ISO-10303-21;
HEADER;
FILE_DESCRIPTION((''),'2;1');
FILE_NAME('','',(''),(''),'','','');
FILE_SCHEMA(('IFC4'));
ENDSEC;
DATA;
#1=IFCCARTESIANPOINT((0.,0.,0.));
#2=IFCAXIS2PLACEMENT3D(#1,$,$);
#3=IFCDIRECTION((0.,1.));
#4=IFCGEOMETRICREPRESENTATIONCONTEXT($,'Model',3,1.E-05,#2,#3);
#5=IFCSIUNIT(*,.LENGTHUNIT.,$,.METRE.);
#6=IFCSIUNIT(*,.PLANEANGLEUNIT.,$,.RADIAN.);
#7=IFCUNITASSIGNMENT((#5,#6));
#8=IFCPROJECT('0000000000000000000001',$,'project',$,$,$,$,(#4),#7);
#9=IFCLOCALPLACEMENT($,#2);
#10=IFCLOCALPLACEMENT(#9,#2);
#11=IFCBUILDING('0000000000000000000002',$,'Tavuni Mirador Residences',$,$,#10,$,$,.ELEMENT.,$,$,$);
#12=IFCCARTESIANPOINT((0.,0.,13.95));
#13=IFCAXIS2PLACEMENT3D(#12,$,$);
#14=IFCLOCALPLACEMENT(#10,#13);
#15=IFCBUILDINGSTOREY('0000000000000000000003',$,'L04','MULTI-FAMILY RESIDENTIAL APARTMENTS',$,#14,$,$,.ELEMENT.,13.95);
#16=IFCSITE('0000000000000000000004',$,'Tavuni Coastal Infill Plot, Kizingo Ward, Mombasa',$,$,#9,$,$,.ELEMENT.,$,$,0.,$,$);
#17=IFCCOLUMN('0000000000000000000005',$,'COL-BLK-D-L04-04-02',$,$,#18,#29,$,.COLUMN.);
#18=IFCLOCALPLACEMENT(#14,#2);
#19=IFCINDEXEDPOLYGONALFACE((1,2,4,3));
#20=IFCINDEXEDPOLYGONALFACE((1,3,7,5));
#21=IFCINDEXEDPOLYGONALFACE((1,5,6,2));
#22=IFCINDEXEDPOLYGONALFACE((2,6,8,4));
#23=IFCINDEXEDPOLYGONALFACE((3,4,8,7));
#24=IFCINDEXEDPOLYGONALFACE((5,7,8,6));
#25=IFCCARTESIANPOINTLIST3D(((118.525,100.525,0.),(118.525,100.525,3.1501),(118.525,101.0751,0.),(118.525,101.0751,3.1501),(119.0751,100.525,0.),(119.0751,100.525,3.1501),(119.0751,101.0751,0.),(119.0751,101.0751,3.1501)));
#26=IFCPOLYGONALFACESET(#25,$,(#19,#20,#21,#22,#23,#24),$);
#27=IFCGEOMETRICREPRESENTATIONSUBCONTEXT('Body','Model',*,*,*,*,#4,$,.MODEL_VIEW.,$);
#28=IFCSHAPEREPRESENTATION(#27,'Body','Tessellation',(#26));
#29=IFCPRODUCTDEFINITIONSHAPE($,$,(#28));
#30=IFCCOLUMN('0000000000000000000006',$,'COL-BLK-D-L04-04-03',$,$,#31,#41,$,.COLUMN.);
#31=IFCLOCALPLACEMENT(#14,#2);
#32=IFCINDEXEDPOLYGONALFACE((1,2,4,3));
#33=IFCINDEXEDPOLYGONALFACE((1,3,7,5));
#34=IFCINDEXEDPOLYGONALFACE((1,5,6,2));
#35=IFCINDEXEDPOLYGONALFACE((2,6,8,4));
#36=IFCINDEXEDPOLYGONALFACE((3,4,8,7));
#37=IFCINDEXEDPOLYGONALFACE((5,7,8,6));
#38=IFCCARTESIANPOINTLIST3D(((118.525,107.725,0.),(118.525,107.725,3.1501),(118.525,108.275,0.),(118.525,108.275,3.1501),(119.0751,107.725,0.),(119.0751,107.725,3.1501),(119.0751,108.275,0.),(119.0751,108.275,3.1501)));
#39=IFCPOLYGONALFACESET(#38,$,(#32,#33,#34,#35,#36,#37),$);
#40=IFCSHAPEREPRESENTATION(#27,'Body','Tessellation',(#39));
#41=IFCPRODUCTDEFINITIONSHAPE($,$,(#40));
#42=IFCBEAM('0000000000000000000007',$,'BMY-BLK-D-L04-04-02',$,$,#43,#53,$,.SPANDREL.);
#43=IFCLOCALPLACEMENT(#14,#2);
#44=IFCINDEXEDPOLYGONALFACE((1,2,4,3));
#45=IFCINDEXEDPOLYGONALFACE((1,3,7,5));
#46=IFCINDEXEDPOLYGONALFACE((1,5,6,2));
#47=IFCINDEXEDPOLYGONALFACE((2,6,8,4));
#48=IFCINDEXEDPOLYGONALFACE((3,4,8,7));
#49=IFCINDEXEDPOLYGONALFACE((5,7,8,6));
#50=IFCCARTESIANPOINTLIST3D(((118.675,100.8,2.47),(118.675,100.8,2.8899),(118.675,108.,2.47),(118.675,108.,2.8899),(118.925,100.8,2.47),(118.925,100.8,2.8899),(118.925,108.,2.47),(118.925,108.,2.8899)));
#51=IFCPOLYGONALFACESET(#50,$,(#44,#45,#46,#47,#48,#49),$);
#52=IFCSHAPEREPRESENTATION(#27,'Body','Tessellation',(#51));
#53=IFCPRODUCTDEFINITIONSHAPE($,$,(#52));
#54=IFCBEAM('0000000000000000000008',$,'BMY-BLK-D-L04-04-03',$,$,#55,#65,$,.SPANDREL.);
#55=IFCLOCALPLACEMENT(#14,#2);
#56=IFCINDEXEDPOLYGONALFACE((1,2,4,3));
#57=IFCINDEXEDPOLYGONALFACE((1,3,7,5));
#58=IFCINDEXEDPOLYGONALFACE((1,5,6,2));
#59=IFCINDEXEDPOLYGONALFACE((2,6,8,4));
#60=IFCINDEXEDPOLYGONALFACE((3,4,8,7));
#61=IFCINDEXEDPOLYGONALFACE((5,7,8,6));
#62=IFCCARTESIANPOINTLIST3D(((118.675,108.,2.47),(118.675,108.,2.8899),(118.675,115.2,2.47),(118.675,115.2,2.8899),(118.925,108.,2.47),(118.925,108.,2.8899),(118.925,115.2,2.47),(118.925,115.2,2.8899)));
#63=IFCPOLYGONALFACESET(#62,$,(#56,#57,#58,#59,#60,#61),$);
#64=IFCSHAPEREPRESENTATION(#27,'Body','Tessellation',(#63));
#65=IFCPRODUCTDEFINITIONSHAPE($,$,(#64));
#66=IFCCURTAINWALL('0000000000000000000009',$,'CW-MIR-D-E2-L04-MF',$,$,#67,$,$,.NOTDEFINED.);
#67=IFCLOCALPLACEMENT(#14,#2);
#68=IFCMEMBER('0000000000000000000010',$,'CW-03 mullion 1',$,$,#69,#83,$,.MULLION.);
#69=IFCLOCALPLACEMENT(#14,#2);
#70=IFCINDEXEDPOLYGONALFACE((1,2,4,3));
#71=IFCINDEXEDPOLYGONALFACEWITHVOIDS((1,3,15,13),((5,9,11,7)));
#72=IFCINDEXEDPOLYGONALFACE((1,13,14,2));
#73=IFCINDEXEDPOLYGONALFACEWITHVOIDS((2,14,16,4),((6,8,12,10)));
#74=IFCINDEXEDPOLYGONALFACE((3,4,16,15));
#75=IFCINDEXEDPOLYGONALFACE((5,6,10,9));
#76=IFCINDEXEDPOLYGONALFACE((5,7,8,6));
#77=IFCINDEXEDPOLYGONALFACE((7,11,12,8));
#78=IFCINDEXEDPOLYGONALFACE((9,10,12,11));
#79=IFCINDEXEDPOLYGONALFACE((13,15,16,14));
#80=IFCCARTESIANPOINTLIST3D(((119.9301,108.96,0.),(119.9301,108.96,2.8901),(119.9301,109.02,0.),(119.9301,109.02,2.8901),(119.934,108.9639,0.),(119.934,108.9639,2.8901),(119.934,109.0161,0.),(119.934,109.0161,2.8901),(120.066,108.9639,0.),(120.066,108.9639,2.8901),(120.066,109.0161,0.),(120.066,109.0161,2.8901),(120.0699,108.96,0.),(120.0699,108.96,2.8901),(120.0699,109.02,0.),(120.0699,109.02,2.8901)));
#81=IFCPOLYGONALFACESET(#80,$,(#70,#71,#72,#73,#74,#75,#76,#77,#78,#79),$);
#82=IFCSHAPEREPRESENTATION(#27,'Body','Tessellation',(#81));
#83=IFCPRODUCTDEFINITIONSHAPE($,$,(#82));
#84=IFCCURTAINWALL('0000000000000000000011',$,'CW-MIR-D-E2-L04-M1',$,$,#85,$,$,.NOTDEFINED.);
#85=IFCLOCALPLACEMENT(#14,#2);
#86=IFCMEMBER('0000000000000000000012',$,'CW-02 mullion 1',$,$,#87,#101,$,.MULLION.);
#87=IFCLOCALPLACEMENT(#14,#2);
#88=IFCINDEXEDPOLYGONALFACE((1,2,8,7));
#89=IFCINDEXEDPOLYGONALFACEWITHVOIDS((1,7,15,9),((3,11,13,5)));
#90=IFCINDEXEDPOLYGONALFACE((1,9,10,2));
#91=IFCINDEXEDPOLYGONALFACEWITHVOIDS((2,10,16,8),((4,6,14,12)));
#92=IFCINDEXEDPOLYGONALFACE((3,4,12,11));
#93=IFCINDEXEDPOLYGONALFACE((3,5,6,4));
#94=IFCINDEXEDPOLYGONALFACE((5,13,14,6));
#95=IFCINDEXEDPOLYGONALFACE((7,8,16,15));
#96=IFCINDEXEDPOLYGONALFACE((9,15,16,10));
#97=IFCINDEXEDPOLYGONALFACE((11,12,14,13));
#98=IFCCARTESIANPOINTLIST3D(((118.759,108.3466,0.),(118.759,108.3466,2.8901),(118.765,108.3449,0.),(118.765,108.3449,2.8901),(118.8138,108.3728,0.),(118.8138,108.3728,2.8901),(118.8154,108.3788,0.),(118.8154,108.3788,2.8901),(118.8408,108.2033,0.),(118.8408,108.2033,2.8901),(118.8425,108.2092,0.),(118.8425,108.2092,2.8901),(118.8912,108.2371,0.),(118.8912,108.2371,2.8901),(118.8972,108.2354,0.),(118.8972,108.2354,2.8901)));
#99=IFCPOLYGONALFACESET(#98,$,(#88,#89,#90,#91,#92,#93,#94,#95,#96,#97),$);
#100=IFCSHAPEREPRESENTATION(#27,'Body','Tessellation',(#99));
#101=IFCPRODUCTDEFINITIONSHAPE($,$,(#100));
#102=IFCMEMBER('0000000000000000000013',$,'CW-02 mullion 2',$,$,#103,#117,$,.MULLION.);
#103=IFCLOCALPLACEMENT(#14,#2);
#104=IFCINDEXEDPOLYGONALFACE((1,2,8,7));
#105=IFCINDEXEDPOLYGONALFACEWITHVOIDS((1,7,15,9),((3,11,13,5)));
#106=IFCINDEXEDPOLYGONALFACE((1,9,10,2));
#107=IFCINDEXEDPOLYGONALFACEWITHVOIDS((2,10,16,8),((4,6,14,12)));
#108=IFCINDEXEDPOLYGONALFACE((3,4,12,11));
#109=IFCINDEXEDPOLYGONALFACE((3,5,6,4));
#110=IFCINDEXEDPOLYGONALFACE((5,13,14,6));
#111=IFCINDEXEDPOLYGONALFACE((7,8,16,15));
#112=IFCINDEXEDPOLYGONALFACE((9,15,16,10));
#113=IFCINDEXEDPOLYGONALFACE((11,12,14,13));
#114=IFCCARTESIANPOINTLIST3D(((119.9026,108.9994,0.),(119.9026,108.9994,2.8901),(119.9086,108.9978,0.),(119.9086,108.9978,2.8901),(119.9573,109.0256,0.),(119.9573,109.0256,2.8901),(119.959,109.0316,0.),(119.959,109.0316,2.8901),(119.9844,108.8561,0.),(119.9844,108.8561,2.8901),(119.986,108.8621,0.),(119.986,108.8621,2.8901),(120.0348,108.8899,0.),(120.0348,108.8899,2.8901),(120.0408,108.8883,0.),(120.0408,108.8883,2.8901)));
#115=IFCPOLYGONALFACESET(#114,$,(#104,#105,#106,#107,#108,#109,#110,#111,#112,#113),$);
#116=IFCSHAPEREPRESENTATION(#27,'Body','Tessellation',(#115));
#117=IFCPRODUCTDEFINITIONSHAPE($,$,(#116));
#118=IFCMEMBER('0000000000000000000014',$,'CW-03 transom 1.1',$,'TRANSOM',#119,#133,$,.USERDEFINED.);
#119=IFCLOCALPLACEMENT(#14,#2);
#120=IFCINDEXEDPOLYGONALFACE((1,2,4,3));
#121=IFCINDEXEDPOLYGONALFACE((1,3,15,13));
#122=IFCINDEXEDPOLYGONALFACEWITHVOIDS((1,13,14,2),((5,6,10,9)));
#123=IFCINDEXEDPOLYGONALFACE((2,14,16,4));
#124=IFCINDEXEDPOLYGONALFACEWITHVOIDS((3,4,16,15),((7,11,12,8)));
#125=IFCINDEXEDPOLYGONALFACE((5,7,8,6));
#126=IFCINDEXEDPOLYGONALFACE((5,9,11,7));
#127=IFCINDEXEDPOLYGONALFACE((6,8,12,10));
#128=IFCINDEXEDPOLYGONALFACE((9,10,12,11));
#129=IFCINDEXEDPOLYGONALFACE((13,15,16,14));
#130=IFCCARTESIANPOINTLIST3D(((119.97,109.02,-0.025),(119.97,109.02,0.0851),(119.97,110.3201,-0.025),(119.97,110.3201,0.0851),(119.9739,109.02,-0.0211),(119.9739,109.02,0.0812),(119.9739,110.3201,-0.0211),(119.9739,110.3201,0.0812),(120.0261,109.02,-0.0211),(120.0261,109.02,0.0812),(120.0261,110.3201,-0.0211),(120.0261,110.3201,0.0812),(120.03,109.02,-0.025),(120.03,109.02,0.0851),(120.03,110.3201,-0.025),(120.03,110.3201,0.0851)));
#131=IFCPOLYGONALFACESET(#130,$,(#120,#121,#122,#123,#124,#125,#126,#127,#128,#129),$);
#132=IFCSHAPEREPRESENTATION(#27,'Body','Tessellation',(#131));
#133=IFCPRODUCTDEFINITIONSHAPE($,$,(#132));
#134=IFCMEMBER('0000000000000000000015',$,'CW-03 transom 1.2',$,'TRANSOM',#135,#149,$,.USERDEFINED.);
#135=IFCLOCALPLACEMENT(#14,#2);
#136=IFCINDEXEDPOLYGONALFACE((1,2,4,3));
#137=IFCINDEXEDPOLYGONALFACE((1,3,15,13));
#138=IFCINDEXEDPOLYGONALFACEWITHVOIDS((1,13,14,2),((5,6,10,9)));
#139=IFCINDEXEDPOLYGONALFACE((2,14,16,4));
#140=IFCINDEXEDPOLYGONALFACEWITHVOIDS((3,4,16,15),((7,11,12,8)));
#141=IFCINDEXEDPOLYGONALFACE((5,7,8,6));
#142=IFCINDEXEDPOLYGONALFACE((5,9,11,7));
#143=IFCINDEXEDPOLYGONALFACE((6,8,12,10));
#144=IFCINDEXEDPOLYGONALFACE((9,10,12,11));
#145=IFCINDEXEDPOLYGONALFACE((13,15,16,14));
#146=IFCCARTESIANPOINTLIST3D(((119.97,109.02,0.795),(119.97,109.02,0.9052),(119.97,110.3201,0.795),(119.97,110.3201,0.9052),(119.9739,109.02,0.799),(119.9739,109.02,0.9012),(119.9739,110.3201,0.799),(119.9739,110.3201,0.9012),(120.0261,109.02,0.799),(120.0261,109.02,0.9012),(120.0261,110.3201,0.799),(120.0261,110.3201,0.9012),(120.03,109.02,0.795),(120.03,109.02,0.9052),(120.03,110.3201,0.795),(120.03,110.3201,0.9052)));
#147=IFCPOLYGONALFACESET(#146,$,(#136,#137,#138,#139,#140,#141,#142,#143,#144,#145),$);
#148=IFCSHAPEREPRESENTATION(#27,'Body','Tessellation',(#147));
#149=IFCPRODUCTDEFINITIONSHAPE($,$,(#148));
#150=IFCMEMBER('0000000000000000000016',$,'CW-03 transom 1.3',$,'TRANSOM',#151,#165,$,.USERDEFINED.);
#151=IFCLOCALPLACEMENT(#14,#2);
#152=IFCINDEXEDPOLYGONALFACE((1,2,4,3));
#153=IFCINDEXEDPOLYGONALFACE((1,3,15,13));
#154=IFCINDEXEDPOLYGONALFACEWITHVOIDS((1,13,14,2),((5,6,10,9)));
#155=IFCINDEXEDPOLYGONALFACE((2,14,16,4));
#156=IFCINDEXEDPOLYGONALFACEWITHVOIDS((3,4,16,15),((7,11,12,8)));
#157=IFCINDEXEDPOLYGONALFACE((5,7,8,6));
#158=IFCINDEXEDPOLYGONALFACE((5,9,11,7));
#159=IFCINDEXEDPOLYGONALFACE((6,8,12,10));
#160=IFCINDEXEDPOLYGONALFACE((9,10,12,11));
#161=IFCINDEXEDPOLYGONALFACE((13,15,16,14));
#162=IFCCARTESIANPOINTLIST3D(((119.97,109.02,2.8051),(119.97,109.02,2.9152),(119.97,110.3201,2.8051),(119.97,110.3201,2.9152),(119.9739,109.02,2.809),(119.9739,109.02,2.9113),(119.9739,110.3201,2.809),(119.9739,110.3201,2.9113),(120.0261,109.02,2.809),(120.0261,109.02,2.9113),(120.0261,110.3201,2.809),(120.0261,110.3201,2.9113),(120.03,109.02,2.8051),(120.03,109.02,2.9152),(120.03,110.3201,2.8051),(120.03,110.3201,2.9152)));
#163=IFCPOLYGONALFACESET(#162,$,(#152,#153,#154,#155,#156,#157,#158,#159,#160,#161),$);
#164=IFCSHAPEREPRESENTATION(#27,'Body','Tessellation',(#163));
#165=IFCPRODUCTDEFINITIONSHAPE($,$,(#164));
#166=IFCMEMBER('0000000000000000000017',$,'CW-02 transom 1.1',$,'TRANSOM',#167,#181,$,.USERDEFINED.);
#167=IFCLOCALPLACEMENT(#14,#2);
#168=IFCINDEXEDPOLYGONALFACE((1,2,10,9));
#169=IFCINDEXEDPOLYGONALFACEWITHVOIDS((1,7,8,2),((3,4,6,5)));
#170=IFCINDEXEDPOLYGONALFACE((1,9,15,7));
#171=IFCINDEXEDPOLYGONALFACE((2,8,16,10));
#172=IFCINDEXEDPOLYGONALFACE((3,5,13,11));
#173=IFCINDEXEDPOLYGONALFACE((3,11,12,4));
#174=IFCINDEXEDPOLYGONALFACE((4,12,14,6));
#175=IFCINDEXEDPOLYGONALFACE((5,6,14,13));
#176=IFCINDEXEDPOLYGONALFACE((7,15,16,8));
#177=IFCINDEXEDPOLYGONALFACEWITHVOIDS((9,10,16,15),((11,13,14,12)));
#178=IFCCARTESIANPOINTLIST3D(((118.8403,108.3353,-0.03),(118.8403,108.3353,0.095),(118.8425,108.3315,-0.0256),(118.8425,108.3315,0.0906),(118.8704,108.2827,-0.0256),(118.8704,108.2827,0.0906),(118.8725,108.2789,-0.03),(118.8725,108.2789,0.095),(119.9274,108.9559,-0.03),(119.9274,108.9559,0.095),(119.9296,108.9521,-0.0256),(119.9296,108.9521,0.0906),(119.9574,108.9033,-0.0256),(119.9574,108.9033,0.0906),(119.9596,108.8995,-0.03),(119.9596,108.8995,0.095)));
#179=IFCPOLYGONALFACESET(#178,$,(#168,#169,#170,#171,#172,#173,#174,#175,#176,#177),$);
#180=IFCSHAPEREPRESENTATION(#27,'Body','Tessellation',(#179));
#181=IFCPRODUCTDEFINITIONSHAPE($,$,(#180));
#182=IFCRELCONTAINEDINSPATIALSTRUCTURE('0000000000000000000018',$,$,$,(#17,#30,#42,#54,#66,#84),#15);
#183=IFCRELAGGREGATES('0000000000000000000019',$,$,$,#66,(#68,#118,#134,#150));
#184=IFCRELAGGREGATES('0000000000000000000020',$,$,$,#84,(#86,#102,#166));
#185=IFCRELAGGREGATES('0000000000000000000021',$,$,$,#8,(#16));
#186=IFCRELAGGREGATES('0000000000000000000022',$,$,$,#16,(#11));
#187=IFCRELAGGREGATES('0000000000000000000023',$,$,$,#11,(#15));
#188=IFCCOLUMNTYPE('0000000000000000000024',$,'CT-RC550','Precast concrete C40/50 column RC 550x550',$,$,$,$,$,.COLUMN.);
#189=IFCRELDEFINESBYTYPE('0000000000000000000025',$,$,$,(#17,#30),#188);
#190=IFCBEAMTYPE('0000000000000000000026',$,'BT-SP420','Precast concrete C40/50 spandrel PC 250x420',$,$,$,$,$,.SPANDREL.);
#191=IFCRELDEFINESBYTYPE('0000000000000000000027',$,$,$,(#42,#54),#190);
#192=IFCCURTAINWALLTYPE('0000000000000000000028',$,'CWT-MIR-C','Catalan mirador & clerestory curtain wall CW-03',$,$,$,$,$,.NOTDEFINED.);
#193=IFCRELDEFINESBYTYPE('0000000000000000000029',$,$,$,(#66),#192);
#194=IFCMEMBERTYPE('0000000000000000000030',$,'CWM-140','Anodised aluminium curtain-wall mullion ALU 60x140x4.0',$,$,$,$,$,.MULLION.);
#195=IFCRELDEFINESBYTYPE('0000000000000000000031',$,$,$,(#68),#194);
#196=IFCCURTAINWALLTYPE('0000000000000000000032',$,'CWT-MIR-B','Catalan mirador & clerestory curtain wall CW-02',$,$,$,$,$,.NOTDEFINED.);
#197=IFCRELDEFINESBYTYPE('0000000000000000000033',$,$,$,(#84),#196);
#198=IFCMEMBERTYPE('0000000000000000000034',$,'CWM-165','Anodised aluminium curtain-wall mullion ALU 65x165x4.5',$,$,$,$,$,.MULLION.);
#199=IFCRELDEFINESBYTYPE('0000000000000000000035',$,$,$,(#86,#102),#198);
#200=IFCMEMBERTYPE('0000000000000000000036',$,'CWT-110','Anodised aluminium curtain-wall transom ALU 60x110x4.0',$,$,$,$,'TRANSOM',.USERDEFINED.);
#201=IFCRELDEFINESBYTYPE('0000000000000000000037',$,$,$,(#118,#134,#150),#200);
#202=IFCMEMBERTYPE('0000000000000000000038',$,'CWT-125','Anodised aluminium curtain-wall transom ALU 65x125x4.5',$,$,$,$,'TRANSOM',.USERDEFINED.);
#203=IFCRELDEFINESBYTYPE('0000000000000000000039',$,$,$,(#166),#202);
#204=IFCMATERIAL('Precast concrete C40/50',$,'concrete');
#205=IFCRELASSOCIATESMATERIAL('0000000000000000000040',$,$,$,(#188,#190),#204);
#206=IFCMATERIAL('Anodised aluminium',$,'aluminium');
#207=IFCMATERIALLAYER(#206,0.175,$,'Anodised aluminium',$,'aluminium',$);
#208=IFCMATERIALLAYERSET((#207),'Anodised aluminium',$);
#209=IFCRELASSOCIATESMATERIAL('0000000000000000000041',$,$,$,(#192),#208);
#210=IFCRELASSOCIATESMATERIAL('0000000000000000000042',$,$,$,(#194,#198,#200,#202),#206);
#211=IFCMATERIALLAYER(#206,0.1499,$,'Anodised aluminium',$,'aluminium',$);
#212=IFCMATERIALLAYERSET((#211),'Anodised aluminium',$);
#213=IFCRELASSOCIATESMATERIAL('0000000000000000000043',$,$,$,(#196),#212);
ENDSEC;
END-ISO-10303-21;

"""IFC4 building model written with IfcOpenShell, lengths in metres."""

from ifc_helpers import new_model, si_unit, direction, frame, origin, origin_2d, place, context, subcontext, project, spatial, rectangle, hollow_rectangle, extrude, material, layer, layer_set, material_profile, profile_set, type_object, element, aggregate, save


model = new_model("IFC4")

# Units and contexts
model_context = context("Model", 3, precision=1e-05, world=origin(), true_north=direction((0.0, 1.0)))
body_context = subcontext(model_context, "Body", "Model", "MODEL_VIEW")
ifc_project = project(units=[si_unit("LENGTHUNIT", "METRE"), si_unit("PLANEANGLEUNIT", "RADIAN")], contexts=[model_context])

# Site, building, storey
site_placement = place(None, origin())
site = spatial("IfcSite", under=ifc_project, at=site_placement, Name="Tavuni Coastal Infill Plot, Kizingo Ward, Mombasa", CompositionType="ELEMENT", RefElevation=0.0)
building_placement = place(site_placement, origin())
building = spatial("IfcBuilding", under=site, at=building_placement, Name="Tavuni Mirador Residences", CompositionType="ELEMENT")
storey_placement = place(building_placement, frame((0.0, 0.0, 13.95)))
storey = spatial("IfcBuildingStorey", under=building, at=storey_placement, Name="L04", Description="MULTI-FAMILY RESIDENTIAL APARTMENTS", CompositionType="ELEMENT", Elevation=13.95)

# Columns
ifc_material_1 = material(Name="Precast concrete C40/50", Category="concrete")
ifc_material_profile_1 = material_profile(ifc_material_1, rectangle(XDim=0.55, YDim=0.55, at=origin_2d()), Name="RC 550x550", Category="concrete")
ifc_profile_set_1 = profile_set([ifc_material_profile_1], Name="Precast concrete C40/50")
column_type = type_object("IfcColumnType", Name="CT-RC550", Description="Precast concrete C40/50 column RC 550x550", PredefinedType="COLUMN", material=ifc_profile_set_1)
for number, where, z_axis, x_axis, name in (
    (1, (118.8, 100.8, 0.0), (0.0, 0.0, 1.0), (1.0, 0.0, 0.0), "COL-BLK-D-L04-04-02"),
    (2, (118.8, 108.0, 0.0), (0.0, 0.0, 1.0), (1.0, 0.0, 0.0), "COL-BLK-D-L04-04-03"),
):
    element("IfcColumn", number, at=place(storey_placement, frame(where, z_axis=z_axis, x_axis=x_axis)), inside=storey, type_object=column_type, Name=name, PredefinedType="COLUMN", context=body_context, shape_type="SweptSolid", body=[
        extrude(rectangle(XDim=0.55, YDim=0.55, at=origin_2d()), origin(), (0.0, 0.0, 1.0), 3.1501),
    ])

# Beams
ifc_material_profile_2 = material_profile(ifc_material_1, rectangle(XDim=0.25, YDim=0.4199, at=origin_2d()), Name="PC 250x420", Category="concrete")
ifc_profile_set_2 = profile_set([ifc_material_profile_2], Name="Precast concrete C40/50")
beam_type = type_object("IfcBeamType", Name="BT-SP420", Description="Precast concrete C40/50 spandrel PC 250x420", PredefinedType="SPANDREL", material=ifc_profile_set_2)
for number, where, z_axis, x_axis, name in (
    (3, (118.8, 100.8, 2.6799), (0.0, 1.0, 0.0), (-1.0, 0.0, 0.0), "BMY-BLK-D-L04-04-02"),
    (4, (118.8, 108.0, 2.6799), (0.0, 1.0, 0.0), (-1.0, 0.0, 0.0), "BMY-BLK-D-L04-04-03"),
):
    element("IfcBeam", number, at=place(storey_placement, frame(where, z_axis=z_axis, x_axis=x_axis)), inside=storey, type_object=beam_type, Name=name, PredefinedType="SPANDREL", context=body_context, shape_type="SweptSolid", body=[
        extrude(rectangle(XDim=0.25, YDim=0.4199, at=origin_2d()), origin(), (0.0, 0.0, 1.0), 7.2),
    ])

# Curtain wall, member
ifc_material_2 = material(Name="Anodised aluminium", Category="aluminium")
ifc_layer_1 = layer(ifc_material_2, 0.175, Name="Anodised aluminium", Category="aluminium")
ifc_layer_set_1 = layer_set([ifc_layer_1], Name="Anodised aluminium")
curtain_wall_type_1 = type_object("IfcCurtainWallType", Name="CWT-MIR-C", Description="Catalan mirador & clerestory curtain wall CW-03", PredefinedType="NOTDEFINED", material=ifc_layer_set_1)
curtain_wall_1_placement = place(storey_placement, origin())
curtain_wall_1 = element("IfcCurtainWall", 5, at=curtain_wall_1_placement, inside=storey, type_object=curtain_wall_type_1, Name="CW-MIR-D-E2-L04-MF", PredefinedType="NOTDEFINED")
ifc_material_profile_3 = material_profile(ifc_material_2, hollow_rectangle(XDim=0.0601, YDim=0.1399, WallThickness=0.0039, at=origin_2d()), Name="ALU 60x140x4.0", Category="aluminium")
ifc_profile_set_3 = profile_set([ifc_material_profile_3], Name="Anodised aluminium")
member_type_1 = type_object("IfcMemberType", Name="CWM-140", Description="Anodised aluminium curtain-wall mullion ALU 60x140x4.0", PredefinedType="MULLION", material=ifc_profile_set_3)
member_1_placement = place(storey_placement, frame((120.0, 108.99, 0.0), z_axis=(0.0, 0.0, 1.0), x_axis=(0.0, 1.0, 0.0)))
member_1 = element("IfcMember", 6, at=member_1_placement, type_object=member_type_1, Name="CW-03 mullion 1", PredefinedType="MULLION", context=body_context, shape_type="SweptSolid", body=[
    extrude(hollow_rectangle(XDim=0.0601, YDim=0.1399, WallThickness=0.0039, at=origin_2d()), origin(), (0.0, 0.0, 1.0), 2.8901),
])

# Curtain wall, members
ifc_layer_2 = layer(ifc_material_2, 0.1499, Name="Anodised aluminium", Category="aluminium")
ifc_layer_set_2 = layer_set([ifc_layer_2], Name="Anodised aluminium")
curtain_wall_type_2 = type_object("IfcCurtainWallType", Name="CWT-MIR-B", Description="Catalan mirador & clerestory curtain wall CW-02", PredefinedType="NOTDEFINED", material=ifc_layer_set_2)
curtain_wall_2_placement = place(storey_placement, origin())
curtain_wall_2 = element("IfcCurtainWall", 7, at=curtain_wall_2_placement, inside=storey, type_object=curtain_wall_type_2, Name="CW-MIR-D-E2-L04-M1", PredefinedType="NOTDEFINED")
ifc_material_profile_4 = material_profile(ifc_material_2, hollow_rectangle(XDim=0.0649, YDim=0.165, WallThickness=0.0044, at=origin_2d()), Name="ALU 65x165x4.5", Category="aluminium")
ifc_profile_set_4 = profile_set([ifc_material_profile_4], Name="Anodised aluminium")
member_type_2 = type_object("IfcMemberType", Name="CWM-165", Description="Anodised aluminium curtain-wall mullion ALU 65x165x4.5", PredefinedType="MULLION", material=ifc_profile_set_4)
member_2_placement = place(storey_placement, frame((118.8281, 108.291, 0.0), z_axis=(0.0, 0.0, 1.0), x_axis=(0.868466, 0.495749, 0.0)))
member_2 = element("IfcMember", 8, at=member_2_placement, type_object=member_type_2, Name="CW-02 mullion 1", PredefinedType="MULLION", context=body_context, shape_type="SweptSolid", body=[
    extrude(hollow_rectangle(XDim=0.0649, YDim=0.165, WallThickness=0.0044, at=origin_2d()), origin(), (0.0, 0.0, 1.0), 2.8901),
])
member_3_placement = place(storey_placement, frame((119.9717, 108.9438, 0.0), z_axis=(0.0, 0.0, 1.0), x_axis=(0.868466, 0.495749, 0.0)))
member_3 = element("IfcMember", 9, at=member_3_placement, type_object=member_type_2, Name="CW-02 mullion 2", PredefinedType="MULLION", context=body_context, shape_type="SweptSolid", body=[
    extrude(hollow_rectangle(XDim=0.0649, YDim=0.165, WallThickness=0.0044, at=origin_2d()), origin(), (0.0, 0.0, 1.0), 2.8901),
])

# Members
ifc_material_profile_5 = material_profile(ifc_material_2, hollow_rectangle(XDim=0.0601, YDim=0.1101, WallThickness=0.0039, at=origin_2d()), Name="ALU 60x110x4.0", Category="aluminium")
ifc_profile_set_5 = profile_set([ifc_material_profile_5], Name="Anodised aluminium")
member_type_3 = type_object("IfcMemberType", Name="CWT-110", Description="Anodised aluminium curtain-wall transom ALU 60x110x4.0", ElementType="TRANSOM", PredefinedType="USERDEFINED", material=ifc_profile_set_5)
member_4_placement = place(storey_placement, frame((120.0, 109.02, 0.03), z_axis=(0.0, 1.0, 0.0), x_axis=(-1.0, 0.0, 0.0)))
member_4 = element("IfcMember", 10, at=member_4_placement, type_object=member_type_3, Name="CW-03 transom 1.1", ObjectType="TRANSOM", PredefinedType="USERDEFINED", context=body_context, shape_type="SweptSolid", body=[
    extrude(hollow_rectangle(XDim=0.0601, YDim=0.1101, WallThickness=0.0039, at=origin_2d()), origin(), (0.0, 0.0, 1.0), 1.3),
])
member_5_placement = place(storey_placement, frame((120.0, 109.02, 0.8501), z_axis=(0.0, 1.0, 0.0), x_axis=(-1.0, 0.0, 0.0)))
member_5 = element("IfcMember", 11, at=member_5_placement, type_object=member_type_3, Name="CW-03 transom 1.2", ObjectType="TRANSOM", PredefinedType="USERDEFINED", context=body_context, shape_type="SweptSolid", body=[
    extrude(hollow_rectangle(XDim=0.0601, YDim=0.1101, WallThickness=0.0039, at=origin_2d()), origin(), (0.0, 0.0, 1.0), 1.3),
])
member_6_placement = place(storey_placement, frame((120.0, 109.02, 2.8601), z_axis=(0.0, 1.0, 0.0), x_axis=(-1.0, 0.0, 0.0)))
member_6 = element("IfcMember", 12, at=member_6_placement, type_object=member_type_3, Name="CW-03 transom 1.3", ObjectType="TRANSOM", PredefinedType="USERDEFINED", context=body_context, shape_type="SweptSolid", body=[
    extrude(hollow_rectangle(XDim=0.0601, YDim=0.1101, WallThickness=0.0039, at=origin_2d()), origin(), (0.0, 0.0, 1.0), 1.3),
])
ifc_material_profile_6 = material_profile(ifc_material_2, hollow_rectangle(XDim=0.0649, YDim=0.125, WallThickness=0.0044, at=origin_2d()), Name="ALU 65x125x4.5", Category="aluminium")
ifc_profile_set_6 = profile_set([ifc_material_profile_6], Name="Anodised aluminium")
member_type_4 = type_object("IfcMemberType", Name="CWT-125", Description="Anodised aluminium curtain-wall transom ALU 65x125x4.5", ElementType="TRANSOM", PredefinedType="USERDEFINED", material=ifc_profile_set_6)
member_7_placement = place(storey_placement, frame((118.8564, 108.3071, 0.0325), z_axis=(0.868459, 0.495761, 0.0), x_axis=(-0.495761, 0.868459, 0.0)))
member_7 = element("IfcMember", 13, at=member_7_placement, type_object=member_type_4, Name="CW-02 transom 1.1", ObjectType="TRANSOM", PredefinedType="USERDEFINED", context=body_context, shape_type="SweptSolid", body=[
    extrude(hollow_rectangle(XDim=0.0649, YDim=0.125, WallThickness=0.0044, at=origin_2d()), origin(), (0.0, 0.0, 1.0), 1.2517),
])

aggregate(curtain_wall_1, [member_1, member_4, member_5, member_6])
aggregate(curtain_wall_2, [member_2, member_3, member_7])

save(model, "model.ifc")
